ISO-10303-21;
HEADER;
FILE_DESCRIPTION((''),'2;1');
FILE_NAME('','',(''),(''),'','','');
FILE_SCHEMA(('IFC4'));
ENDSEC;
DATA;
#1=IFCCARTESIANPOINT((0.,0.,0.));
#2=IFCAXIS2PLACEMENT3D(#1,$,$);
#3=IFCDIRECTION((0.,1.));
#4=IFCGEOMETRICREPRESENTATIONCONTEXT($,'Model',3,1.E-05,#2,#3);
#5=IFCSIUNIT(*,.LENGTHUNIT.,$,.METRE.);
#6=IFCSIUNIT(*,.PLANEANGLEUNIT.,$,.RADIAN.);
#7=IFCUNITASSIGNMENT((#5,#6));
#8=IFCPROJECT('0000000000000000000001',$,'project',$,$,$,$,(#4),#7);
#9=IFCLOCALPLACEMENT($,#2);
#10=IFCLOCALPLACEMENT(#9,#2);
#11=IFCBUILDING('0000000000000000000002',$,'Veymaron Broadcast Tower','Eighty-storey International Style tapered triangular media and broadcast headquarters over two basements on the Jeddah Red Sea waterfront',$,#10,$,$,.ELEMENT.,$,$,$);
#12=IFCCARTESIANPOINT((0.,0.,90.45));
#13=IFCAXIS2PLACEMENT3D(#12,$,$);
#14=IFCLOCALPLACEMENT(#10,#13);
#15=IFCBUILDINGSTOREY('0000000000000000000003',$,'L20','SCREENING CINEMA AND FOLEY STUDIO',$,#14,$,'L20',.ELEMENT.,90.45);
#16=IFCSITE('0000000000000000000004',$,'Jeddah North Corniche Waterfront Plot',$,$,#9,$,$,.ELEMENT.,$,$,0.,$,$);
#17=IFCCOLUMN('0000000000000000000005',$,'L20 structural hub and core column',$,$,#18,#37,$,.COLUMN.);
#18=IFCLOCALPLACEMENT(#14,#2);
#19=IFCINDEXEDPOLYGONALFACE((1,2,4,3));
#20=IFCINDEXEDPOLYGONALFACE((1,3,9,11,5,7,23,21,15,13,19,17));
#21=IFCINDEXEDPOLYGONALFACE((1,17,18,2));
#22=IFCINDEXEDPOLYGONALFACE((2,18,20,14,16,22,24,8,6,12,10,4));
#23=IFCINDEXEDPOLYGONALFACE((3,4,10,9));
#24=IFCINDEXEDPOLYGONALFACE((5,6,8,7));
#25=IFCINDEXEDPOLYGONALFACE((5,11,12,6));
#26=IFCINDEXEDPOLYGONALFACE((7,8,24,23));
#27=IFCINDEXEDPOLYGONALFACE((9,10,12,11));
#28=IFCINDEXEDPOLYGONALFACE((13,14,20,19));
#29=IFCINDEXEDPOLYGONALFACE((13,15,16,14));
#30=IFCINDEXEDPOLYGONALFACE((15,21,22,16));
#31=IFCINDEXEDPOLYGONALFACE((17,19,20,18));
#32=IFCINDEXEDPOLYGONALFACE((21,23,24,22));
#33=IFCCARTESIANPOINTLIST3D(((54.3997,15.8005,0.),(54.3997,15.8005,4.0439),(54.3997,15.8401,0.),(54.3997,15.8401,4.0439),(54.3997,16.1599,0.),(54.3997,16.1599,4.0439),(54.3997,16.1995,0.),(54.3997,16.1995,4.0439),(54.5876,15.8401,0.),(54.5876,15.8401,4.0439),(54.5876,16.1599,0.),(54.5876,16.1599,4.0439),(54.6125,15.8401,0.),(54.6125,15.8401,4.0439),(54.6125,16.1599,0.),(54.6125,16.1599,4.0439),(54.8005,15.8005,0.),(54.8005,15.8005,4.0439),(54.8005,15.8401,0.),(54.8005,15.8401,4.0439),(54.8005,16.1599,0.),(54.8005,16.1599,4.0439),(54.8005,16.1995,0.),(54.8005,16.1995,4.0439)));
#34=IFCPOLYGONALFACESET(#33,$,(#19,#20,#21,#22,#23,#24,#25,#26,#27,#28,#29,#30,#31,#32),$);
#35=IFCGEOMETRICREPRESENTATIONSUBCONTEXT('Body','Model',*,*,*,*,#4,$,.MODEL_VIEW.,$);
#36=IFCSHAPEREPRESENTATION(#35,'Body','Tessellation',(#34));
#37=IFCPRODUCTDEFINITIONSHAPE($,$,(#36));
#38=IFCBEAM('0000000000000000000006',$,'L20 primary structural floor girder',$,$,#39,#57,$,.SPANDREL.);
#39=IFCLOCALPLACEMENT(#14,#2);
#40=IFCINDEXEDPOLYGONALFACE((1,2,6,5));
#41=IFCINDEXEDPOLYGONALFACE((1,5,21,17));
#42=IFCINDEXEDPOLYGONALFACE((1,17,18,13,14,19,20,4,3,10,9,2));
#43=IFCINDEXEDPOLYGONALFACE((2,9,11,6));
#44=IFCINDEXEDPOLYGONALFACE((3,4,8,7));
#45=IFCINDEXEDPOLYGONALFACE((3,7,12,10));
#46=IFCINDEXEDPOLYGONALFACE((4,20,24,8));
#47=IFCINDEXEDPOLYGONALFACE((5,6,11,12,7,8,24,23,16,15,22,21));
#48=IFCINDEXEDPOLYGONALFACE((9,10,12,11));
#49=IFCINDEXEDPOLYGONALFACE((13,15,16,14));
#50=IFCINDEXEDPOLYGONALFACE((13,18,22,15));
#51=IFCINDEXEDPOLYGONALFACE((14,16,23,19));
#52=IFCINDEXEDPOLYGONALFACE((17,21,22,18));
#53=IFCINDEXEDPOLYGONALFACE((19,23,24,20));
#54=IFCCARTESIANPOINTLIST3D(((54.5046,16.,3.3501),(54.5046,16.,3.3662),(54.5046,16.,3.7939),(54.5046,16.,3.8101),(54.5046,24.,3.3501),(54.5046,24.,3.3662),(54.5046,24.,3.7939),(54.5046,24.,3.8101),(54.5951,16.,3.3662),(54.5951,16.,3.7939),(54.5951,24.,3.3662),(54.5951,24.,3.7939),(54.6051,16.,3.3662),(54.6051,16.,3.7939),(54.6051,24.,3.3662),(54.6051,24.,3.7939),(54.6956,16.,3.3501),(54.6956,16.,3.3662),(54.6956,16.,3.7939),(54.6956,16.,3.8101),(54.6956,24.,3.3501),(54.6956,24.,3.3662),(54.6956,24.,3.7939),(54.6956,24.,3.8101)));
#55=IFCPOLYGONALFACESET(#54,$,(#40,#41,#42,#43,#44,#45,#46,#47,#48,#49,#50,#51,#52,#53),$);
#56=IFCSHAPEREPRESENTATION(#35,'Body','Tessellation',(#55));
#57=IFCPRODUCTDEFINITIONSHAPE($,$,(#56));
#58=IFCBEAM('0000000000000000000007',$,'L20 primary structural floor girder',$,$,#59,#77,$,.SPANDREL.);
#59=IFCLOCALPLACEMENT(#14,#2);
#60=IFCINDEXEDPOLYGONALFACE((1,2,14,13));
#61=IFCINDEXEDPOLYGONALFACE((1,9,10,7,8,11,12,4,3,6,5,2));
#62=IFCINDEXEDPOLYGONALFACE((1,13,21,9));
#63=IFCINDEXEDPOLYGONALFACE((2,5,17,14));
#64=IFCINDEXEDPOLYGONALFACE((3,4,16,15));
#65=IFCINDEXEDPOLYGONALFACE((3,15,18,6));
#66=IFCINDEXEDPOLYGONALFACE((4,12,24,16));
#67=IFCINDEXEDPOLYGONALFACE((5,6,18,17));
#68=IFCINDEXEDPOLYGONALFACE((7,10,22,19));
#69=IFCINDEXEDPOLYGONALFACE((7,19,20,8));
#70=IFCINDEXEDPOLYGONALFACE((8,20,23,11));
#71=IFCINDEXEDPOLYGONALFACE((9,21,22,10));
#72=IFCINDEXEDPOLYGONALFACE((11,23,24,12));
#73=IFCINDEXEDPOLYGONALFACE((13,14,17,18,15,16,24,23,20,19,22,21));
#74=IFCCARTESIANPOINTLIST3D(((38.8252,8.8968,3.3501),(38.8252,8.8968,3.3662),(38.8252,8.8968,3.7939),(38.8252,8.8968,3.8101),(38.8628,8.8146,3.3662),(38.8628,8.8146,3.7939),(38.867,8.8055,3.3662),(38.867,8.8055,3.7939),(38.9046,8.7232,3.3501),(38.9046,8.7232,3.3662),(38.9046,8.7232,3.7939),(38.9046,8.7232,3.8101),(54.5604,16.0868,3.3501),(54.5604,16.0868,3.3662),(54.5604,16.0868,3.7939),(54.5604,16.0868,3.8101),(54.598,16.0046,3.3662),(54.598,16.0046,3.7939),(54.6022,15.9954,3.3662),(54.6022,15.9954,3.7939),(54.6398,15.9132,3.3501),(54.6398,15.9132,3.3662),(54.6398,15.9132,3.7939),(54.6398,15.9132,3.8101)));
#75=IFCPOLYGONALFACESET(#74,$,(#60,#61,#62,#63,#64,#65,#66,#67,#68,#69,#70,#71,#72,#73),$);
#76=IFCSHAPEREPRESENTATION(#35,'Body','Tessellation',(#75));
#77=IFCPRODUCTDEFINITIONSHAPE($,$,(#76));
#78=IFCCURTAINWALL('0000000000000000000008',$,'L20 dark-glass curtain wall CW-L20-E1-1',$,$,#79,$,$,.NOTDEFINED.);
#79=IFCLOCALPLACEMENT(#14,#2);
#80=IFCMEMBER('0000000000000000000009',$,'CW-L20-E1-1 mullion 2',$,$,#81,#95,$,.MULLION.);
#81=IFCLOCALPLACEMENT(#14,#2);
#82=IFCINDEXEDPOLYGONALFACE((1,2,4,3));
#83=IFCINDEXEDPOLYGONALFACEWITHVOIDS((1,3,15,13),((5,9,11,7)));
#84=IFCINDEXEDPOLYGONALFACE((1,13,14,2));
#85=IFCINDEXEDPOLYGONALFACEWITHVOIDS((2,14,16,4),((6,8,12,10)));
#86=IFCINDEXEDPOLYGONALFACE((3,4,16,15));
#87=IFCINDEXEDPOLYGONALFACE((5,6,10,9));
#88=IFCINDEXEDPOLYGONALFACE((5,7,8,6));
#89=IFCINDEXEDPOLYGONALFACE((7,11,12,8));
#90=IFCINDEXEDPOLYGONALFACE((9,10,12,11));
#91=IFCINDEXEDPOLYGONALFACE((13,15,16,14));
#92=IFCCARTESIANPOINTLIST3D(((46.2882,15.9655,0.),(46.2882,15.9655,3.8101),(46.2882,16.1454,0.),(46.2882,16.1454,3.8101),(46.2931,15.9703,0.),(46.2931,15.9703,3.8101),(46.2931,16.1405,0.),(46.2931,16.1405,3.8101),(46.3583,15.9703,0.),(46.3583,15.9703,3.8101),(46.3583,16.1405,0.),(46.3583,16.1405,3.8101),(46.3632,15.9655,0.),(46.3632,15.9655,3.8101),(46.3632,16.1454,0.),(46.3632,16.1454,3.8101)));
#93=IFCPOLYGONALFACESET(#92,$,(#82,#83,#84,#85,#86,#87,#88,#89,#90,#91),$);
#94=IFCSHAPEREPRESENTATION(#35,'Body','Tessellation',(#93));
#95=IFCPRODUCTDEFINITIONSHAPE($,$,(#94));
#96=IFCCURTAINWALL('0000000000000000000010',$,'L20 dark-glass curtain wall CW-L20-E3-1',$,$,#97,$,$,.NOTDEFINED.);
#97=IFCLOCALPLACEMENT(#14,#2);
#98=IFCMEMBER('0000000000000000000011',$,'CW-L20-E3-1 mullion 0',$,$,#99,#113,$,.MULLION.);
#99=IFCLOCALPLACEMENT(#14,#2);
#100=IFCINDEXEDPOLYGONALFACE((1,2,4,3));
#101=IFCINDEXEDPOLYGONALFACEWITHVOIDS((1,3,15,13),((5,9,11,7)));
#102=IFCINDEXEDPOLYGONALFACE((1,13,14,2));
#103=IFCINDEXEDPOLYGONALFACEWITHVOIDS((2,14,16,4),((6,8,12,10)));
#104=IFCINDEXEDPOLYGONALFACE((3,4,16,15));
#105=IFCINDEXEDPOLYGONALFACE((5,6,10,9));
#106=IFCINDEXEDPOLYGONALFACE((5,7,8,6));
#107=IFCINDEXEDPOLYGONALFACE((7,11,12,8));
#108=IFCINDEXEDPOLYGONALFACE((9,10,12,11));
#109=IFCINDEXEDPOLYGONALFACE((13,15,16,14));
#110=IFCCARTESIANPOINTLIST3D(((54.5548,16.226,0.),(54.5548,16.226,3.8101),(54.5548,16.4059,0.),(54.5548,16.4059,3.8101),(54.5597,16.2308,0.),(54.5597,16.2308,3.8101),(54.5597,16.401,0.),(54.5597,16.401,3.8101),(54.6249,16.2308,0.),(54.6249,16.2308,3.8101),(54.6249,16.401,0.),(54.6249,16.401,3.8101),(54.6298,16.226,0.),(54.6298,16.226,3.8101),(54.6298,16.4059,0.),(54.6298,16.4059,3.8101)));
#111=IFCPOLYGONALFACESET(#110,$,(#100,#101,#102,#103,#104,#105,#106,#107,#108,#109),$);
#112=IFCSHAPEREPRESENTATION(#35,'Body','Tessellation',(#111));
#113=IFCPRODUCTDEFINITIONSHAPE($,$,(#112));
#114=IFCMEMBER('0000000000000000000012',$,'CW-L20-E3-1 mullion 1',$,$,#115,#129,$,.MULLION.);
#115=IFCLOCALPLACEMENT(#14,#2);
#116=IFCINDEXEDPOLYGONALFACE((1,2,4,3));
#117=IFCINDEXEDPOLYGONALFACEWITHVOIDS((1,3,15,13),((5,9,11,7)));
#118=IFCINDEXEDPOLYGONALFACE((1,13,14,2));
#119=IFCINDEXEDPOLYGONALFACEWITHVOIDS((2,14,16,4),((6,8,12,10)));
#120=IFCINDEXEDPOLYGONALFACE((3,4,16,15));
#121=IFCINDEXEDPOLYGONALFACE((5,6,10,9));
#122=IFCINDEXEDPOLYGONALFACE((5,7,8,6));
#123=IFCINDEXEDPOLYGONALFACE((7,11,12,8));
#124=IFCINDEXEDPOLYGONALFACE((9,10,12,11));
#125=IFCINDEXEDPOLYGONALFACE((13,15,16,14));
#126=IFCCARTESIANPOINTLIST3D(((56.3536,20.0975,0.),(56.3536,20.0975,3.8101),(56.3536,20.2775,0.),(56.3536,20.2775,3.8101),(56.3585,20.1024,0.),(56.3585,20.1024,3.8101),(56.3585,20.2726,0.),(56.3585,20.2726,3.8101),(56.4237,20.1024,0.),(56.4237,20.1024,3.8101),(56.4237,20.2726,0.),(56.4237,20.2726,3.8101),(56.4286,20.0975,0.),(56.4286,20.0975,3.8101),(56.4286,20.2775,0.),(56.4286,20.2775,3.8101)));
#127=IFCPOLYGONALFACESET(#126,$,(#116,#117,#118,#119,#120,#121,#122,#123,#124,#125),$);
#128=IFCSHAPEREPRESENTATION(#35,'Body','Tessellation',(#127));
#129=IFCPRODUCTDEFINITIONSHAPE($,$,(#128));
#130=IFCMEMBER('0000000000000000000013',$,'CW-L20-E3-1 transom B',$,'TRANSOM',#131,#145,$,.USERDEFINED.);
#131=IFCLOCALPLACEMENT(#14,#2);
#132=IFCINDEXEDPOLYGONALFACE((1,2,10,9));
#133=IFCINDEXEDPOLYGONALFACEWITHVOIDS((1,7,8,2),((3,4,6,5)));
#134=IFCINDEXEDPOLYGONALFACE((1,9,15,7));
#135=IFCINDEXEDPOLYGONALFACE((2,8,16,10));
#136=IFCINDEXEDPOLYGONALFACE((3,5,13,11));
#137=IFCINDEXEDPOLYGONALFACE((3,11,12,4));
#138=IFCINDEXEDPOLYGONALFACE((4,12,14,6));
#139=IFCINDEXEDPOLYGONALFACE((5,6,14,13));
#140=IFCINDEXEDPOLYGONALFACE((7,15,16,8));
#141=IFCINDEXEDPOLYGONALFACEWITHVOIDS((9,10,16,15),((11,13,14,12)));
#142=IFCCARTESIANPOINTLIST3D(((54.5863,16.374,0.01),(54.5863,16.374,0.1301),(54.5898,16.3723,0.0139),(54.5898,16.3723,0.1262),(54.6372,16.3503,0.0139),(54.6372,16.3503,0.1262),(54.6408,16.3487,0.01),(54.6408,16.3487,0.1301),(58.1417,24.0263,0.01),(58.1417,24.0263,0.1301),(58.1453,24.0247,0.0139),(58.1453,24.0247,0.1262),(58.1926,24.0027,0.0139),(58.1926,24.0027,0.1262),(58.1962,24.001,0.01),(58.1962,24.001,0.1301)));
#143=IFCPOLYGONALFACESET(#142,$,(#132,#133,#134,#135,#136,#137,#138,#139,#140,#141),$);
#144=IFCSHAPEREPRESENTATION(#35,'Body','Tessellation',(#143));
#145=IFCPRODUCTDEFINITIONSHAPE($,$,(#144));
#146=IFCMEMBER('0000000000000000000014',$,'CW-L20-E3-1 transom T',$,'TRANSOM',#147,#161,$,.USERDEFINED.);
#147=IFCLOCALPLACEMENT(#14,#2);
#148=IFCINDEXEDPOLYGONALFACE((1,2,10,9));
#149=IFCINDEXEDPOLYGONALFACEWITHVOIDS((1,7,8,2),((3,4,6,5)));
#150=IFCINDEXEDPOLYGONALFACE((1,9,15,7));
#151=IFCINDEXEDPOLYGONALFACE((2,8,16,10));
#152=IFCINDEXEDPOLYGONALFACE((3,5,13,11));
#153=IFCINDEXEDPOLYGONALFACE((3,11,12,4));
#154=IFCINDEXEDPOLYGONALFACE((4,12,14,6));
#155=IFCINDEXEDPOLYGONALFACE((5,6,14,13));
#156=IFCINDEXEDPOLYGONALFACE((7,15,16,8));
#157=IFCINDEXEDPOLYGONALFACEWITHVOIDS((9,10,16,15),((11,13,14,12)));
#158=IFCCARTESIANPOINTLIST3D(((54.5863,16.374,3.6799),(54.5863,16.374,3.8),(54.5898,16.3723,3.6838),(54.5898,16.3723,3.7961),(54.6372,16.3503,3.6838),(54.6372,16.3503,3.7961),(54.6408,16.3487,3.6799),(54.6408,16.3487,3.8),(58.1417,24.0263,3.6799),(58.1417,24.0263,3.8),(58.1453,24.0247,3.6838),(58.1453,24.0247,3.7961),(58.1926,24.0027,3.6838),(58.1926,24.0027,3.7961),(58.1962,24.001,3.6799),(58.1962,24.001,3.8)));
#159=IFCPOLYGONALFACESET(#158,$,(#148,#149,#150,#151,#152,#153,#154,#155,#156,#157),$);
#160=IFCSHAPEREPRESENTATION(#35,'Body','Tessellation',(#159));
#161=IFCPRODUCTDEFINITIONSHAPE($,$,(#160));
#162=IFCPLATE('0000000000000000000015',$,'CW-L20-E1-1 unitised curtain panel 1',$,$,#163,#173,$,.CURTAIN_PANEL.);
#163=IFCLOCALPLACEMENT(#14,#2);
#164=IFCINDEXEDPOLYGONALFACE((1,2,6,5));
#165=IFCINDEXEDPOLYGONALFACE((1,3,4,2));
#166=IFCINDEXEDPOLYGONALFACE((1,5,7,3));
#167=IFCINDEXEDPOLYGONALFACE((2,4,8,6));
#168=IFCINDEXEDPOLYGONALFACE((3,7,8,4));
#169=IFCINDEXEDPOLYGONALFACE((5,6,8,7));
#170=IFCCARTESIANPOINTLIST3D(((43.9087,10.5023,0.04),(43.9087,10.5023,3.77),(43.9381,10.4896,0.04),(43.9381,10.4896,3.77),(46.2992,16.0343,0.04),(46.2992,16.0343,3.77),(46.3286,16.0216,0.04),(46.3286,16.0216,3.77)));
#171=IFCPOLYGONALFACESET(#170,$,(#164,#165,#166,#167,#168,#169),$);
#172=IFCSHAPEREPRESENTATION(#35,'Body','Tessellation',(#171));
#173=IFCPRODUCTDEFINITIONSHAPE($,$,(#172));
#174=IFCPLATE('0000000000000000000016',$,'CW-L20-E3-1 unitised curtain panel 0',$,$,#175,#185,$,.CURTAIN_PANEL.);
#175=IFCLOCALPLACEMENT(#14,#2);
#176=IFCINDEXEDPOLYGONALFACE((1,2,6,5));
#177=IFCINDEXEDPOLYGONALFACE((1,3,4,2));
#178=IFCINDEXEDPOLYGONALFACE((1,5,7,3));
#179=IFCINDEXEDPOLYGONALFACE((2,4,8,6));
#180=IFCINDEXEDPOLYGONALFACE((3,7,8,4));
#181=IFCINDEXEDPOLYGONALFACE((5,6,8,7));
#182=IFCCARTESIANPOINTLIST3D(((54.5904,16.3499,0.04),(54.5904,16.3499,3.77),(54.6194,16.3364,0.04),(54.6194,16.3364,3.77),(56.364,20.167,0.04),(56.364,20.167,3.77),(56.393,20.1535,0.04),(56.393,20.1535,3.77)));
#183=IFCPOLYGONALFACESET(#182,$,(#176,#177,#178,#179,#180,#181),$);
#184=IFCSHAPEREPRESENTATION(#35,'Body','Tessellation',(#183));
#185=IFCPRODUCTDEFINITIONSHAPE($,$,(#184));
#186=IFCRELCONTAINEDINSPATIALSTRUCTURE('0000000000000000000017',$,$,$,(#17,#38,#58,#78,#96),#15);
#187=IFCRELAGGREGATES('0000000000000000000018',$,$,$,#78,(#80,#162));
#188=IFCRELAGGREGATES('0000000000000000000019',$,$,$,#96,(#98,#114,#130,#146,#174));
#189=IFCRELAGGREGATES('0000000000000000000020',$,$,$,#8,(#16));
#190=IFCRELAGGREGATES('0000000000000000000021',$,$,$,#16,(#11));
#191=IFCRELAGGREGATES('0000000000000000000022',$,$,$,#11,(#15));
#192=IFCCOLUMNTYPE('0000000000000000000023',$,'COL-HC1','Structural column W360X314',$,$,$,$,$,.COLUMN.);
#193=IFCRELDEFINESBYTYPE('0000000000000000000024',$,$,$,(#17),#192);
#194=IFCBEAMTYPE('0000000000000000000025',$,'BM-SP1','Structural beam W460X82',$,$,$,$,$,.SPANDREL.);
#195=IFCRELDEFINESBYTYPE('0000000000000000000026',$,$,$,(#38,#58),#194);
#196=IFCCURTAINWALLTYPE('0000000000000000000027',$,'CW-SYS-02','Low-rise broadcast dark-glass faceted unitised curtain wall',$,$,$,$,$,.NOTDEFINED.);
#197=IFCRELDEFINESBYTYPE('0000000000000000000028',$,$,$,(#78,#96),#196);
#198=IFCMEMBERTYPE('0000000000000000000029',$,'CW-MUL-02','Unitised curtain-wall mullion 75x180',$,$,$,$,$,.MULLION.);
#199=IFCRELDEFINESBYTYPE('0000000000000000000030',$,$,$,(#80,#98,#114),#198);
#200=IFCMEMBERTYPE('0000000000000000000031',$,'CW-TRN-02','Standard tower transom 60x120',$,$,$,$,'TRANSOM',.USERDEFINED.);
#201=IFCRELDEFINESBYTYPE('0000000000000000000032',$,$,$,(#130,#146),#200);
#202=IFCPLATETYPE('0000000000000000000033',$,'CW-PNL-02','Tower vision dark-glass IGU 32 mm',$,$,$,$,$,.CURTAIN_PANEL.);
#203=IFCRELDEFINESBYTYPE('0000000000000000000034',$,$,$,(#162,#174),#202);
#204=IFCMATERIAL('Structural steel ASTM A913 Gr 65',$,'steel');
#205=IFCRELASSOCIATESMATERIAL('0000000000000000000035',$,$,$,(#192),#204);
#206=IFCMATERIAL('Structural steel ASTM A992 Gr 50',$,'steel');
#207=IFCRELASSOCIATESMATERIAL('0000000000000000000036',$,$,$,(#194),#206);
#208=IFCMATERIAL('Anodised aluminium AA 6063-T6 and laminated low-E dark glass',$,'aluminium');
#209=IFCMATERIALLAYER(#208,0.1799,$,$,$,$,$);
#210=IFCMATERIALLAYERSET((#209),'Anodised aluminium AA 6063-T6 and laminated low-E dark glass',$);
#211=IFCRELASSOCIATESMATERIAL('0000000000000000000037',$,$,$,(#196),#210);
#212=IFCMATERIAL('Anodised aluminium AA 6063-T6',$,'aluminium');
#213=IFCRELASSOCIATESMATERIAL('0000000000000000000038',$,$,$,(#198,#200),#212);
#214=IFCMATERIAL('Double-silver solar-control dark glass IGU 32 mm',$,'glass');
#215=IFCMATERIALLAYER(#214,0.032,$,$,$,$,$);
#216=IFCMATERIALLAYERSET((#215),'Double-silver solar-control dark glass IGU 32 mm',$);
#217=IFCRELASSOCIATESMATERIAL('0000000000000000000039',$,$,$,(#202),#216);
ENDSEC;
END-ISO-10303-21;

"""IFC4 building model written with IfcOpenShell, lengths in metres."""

from ifc_helpers import new_model, si_unit, direction, frame, origin, origin_2d, place, context, subcontext, project, spatial, rectangle, hollow_rectangle, i_section, extrude, material, layer, layer_set, material_profile, profile_set, type_object, element, aggregate, save


model = new_model("IFC4")

# Units and contexts
model_context = context("Model", 3, precision=1e-05, world=origin(), true_north=direction((0.0, 1.0)))
body_context = subcontext(model_context, "Body", "Model", "MODEL_VIEW")
ifc_project = project(units=[si_unit("LENGTHUNIT", "METRE"), si_unit("PLANEANGLEUNIT", "RADIAN")], contexts=[model_context])

# Site, building, storey
site_placement = place(None, origin())
site = spatial("IfcSite", under=ifc_project, at=site_placement, Name="Jeddah North Corniche Waterfront Plot", CompositionType="ELEMENT", RefElevation=0.0)
building_placement = place(site_placement, origin())
building = spatial("IfcBuilding", under=site, at=building_placement, Name="Veymaron Broadcast Tower", Description="Eighty-storey International Style tapered triangular media and broadcast headquarters over two basements on the Jeddah Red Sea waterfront", CompositionType="ELEMENT")
storey_placement = place(building_placement, frame((0.0, 0.0, 90.45)))
storey = spatial("IfcBuildingStorey", under=building, at=storey_placement, Name="L20", Description="SCREENING CINEMA AND FOLEY STUDIO", LongName="L20", CompositionType="ELEMENT", Elevation=90.45)

# Column
ifc_material_1 = material(Name="Structural steel ASTM A913 Gr 65", Category="steel")
ifc_material_profile_1 = material_profile(ifc_material_1, i_section(OverallWidth=0.4009, OverallDepth=0.3989, WebThickness=0.0249, FlangeThickness=0.0396, at=origin_2d()), Name="W360X314")
ifc_profile_set_1 = profile_set([ifc_material_profile_1], Name="Structural steel ASTM A913 Gr 65")
column_type = type_object("IfcColumnType", Name="COL-HC1", Description="Structural column W360X314", PredefinedType="COLUMN", material=ifc_profile_set_1)
column_placement = place(storey_placement, frame((54.6001, 16.0, 0.0), z_axis=(0.0, 0.0, 1.0), x_axis=(1.0, 0.0, 0.0)))
element("IfcColumn", 1, at=column_placement, inside=storey, type_object=column_type, Name="L20 structural hub and core column", PredefinedType="COLUMN", context=body_context, shape_type="SweptSolid", body=[
    extrude(i_section(OverallWidth=0.4009, OverallDepth=0.3989, WebThickness=0.0249, FlangeThickness=0.0396, at=origin_2d()), origin(), (0.0, 0.0, 1.0), 4.0439),
])

# Beams
ifc_material_2 = material(Name="Structural steel ASTM A992 Gr 50", Category="steel")
ifc_material_profile_2 = material_profile(ifc_material_2, i_section(OverallWidth=0.1909, OverallDepth=0.46, WebThickness=0.01, FlangeThickness=0.0161, at=origin_2d()), Name="W460X82")
ifc_profile_set_2 = profile_set([ifc_material_profile_2], Name="Structural steel ASTM A992 Gr 50")
beam_type = type_object("IfcBeamType", Name="BM-SP1", Description="Structural beam W460X82", PredefinedType="SPANDREL", material=ifc_profile_set_2)
beam_1_placement = place(storey_placement, frame((54.6001, 16.0, 3.5801), z_axis=(0.0, 1.0, 0.0), x_axis=(-1.0, 0.0, 0.0)))
element("IfcBeam", 2, at=beam_1_placement, inside=storey, type_object=beam_type, Name="L20 primary structural floor girder", PredefinedType="SPANDREL", context=body_context, shape_type="SweptSolid", body=[
    extrude(i_section(OverallWidth=0.1909, OverallDepth=0.46, WebThickness=0.01, FlangeThickness=0.0161, at=origin_2d()), origin(), (0.0, 0.0, 1.0), 8.0),
])
beam_2_placement = place(storey_placement, frame((54.6001, 16.0, 3.5801), z_axis=(-0.909546, -0.415604, 0.0), x_axis=(0.415604, -0.909546, 0.0)))
element("IfcBeam", 3, at=beam_2_placement, inside=storey, type_object=beam_type, Name="L20 primary structural floor girder", PredefinedType="SPANDREL", context=body_context, shape_type="SweptSolid", body=[
    extrude(i_section(OverallWidth=0.1909, OverallDepth=0.46, WebThickness=0.01, FlangeThickness=0.0161, at=origin_2d()), origin(), (0.0, 0.0, 1.0), 17.3),
])

# Curtain wall, member
ifc_material_3 = material(Name="Anodised aluminium AA 6063-T6 and laminated low-E dark glass", Category="aluminium")
ifc_layer_1 = layer(ifc_material_3, 0.1799)
ifc_layer_set_1 = layer_set([ifc_layer_1], Name="Anodised aluminium AA 6063-T6 and laminated low-E dark glass")
curtain_wall_type = type_object("IfcCurtainWallType", Name="CW-SYS-02", Description="Low-rise broadcast dark-glass faceted unitised curtain wall", PredefinedType="NOTDEFINED", material=ifc_layer_set_1)
curtain_wall_1_placement = place(storey_placement, origin())
curtain_wall_1 = element("IfcCurtainWall", 4, at=curtain_wall_1_placement, inside=storey, type_object=curtain_wall_type, Name="L20 dark-glass curtain wall CW-L20-E1-1", PredefinedType="NOTDEFINED")
ifc_material_4 = material(Name="Anodised aluminium AA 6063-T6", Category="aluminium")
ifc_material_profile_3 = material_profile(ifc_material_4, hollow_rectangle(XDim=0.075, YDim=0.1799, WallThickness=0.0049, at=origin_2d()), Name="AL180X75X5")
ifc_profile_set_3 = profile_set([ifc_material_profile_3], Name="Anodised aluminium AA 6063-T6")
member_type_1 = type_object("IfcMemberType", Name="CW-MUL-02", Description="Unitised curtain-wall mullion 75x180", PredefinedType="MULLION", material=ifc_profile_set_3)
member_1_placement = place(storey_placement, frame((46.3257, 16.0554, 0.0), z_axis=(0.0, 0.0, 1.0), x_axis=(1.0, 0.0, 0.0)))
member_1 = element("IfcMember", 5, at=member_1_placement, type_object=member_type_1, Name="CW-L20-E1-1 mullion 2", PredefinedType="MULLION", context=body_context, shape_type="SweptSolid", body=[
    extrude(hollow_rectangle(XDim=0.075, YDim=0.1799, WallThickness=0.0049, at=origin_2d()), origin(), (0.0, 0.0, 1.0), 3.8101),
])

# Curtain wall, members
curtain_wall_2_placement = place(storey_placement, origin())
curtain_wall_2 = element("IfcCurtainWall", 6, at=curtain_wall_2_placement, inside=storey, type_object=curtain_wall_type, Name="L20 dark-glass curtain wall CW-L20-E3-1", PredefinedType="NOTDEFINED")
member_2_placement = place(storey_placement, frame((54.5923, 16.3159, 0.0), z_axis=(0.0, 0.0, 1.0), x_axis=(1.0, 0.0, 0.0)))
member_2 = element("IfcMember", 7, at=member_2_placement, type_object=member_type_1, Name="CW-L20-E3-1 mullion 0", PredefinedType="MULLION", context=body_context, shape_type="SweptSolid", body=[
    extrude(hollow_rectangle(XDim=0.075, YDim=0.1799, WallThickness=0.0049, at=origin_2d()), origin(), (0.0, 0.0, 1.0), 3.8101),
])
member_3_placement = place(storey_placement, frame((56.3911, 20.1875, 0.0), z_axis=(0.0, 0.0, 1.0), x_axis=(1.0, 0.0, 0.0)))
member_3 = element("IfcMember", 8, at=member_3_placement, type_object=member_type_1, Name="CW-L20-E3-1 mullion 1", PredefinedType="MULLION", context=body_context, shape_type="SweptSolid", body=[
    extrude(hollow_rectangle(XDim=0.075, YDim=0.1799, WallThickness=0.0049, at=origin_2d()), origin(), (0.0, 0.0, 1.0), 3.8101),
])
ifc_material_profile_4 = material_profile(ifc_material_4, hollow_rectangle(XDim=0.0601, YDim=0.1201, WallThickness=0.0039, at=origin_2d()), Name="AL120X60X4")
ifc_profile_set_4 = profile_set([ifc_material_profile_4], Name="Anodised aluminium AA 6063-T6")
member_type_2 = type_object("IfcMemberType", Name="CW-TRN-02", Description="Standard tower transom 60x120", ElementType="TRANSOM", PredefinedType="USERDEFINED", material=ifc_profile_set_4)
member_4_placement = place(storey_placement, frame((54.6135, 16.3613, 0.0701), z_axis=(0.42136, 0.906894, 0.0), x_axis=(-0.906894, 0.42136, 0.0)))
member_4 = element("IfcMember", 9, at=member_4_placement, type_object=member_type_2, Name="CW-L20-E3-1 transom B", ObjectType="TRANSOM", PredefinedType="USERDEFINED", context=body_context, shape_type="SweptSolid", body=[
    extrude(hollow_rectangle(XDim=0.0601, YDim=0.1201, WallThickness=0.0039, at=origin_2d()), origin(), (0.0, 0.0, 1.0), 8.438),
])
member_5_placement = place(storey_placement, frame((54.6135, 16.3613, 3.74), z_axis=(0.42136, 0.906894, 0.0), x_axis=(-0.906894, 0.42136, 0.0)))
member_5 = element("IfcMember", 10, at=member_5_placement, type_object=member_type_2, Name="CW-L20-E3-1 transom T", ObjectType="TRANSOM", PredefinedType="USERDEFINED", context=body_context, shape_type="SweptSolid", body=[
    extrude(hollow_rectangle(XDim=0.0601, YDim=0.1201, WallThickness=0.0039, at=origin_2d()), origin(), (0.0, 0.0, 1.0), 8.438),
])

# Plates
ifc_material_5 = material(Name="Double-silver solar-control dark glass IGU 32 mm", Category="glass")
ifc_layer_2 = layer(ifc_material_5, 0.032)
ifc_layer_set_2 = layer_set([ifc_layer_2], Name="Double-silver solar-control dark glass IGU 32 mm")
plate_type = type_object("IfcPlateType", Name="CW-PNL-02", Description="Tower vision dark-glass IGU 32 mm", PredefinedType="CURTAIN_PANEL", material=ifc_layer_set_2)
plate_1_placement = place(storey_placement, frame((45.1187, 13.262, 0.04), z_axis=(0.0, 0.0, 1.0), x_axis=(0.396667, 0.917962, 0.0)))
plate_1 = element("IfcPlate", 11, at=plate_1_placement, type_object=plate_type, Name="CW-L20-E1-1 unitised curtain panel 1", PredefinedType="CURTAIN_PANEL", context=body_context, shape_type="SweptSolid", body=[
    extrude(rectangle(XDim=6.0264, YDim=0.032, at=origin_2d()), origin(), (0.0, 0.0, 1.0), 3.73),
])
aggregate(curtain_wall_1, [member_1, plate_1])
plate_2_placement = place(storey_placement, frame((55.4917, 18.2517, 0.04), z_axis=(0.0, 0.0, 1.0), x_axis=(0.421368, 0.90689, 0.0)))
plate_2 = element("IfcPlate", 12, at=plate_2_placement, type_object=plate_type, Name="CW-L20-E3-1 unitised curtain panel 0", PredefinedType="CURTAIN_PANEL", context=body_context, shape_type="SweptSolid", body=[
    extrude(rectangle(XDim=4.209, YDim=0.032, at=origin_2d()), origin(), (0.0, 0.0, 1.0), 3.73),
])
aggregate(curtain_wall_2, [member_2, member_3, member_4, member_5, plate_2])

save(model, "model.ifc")
